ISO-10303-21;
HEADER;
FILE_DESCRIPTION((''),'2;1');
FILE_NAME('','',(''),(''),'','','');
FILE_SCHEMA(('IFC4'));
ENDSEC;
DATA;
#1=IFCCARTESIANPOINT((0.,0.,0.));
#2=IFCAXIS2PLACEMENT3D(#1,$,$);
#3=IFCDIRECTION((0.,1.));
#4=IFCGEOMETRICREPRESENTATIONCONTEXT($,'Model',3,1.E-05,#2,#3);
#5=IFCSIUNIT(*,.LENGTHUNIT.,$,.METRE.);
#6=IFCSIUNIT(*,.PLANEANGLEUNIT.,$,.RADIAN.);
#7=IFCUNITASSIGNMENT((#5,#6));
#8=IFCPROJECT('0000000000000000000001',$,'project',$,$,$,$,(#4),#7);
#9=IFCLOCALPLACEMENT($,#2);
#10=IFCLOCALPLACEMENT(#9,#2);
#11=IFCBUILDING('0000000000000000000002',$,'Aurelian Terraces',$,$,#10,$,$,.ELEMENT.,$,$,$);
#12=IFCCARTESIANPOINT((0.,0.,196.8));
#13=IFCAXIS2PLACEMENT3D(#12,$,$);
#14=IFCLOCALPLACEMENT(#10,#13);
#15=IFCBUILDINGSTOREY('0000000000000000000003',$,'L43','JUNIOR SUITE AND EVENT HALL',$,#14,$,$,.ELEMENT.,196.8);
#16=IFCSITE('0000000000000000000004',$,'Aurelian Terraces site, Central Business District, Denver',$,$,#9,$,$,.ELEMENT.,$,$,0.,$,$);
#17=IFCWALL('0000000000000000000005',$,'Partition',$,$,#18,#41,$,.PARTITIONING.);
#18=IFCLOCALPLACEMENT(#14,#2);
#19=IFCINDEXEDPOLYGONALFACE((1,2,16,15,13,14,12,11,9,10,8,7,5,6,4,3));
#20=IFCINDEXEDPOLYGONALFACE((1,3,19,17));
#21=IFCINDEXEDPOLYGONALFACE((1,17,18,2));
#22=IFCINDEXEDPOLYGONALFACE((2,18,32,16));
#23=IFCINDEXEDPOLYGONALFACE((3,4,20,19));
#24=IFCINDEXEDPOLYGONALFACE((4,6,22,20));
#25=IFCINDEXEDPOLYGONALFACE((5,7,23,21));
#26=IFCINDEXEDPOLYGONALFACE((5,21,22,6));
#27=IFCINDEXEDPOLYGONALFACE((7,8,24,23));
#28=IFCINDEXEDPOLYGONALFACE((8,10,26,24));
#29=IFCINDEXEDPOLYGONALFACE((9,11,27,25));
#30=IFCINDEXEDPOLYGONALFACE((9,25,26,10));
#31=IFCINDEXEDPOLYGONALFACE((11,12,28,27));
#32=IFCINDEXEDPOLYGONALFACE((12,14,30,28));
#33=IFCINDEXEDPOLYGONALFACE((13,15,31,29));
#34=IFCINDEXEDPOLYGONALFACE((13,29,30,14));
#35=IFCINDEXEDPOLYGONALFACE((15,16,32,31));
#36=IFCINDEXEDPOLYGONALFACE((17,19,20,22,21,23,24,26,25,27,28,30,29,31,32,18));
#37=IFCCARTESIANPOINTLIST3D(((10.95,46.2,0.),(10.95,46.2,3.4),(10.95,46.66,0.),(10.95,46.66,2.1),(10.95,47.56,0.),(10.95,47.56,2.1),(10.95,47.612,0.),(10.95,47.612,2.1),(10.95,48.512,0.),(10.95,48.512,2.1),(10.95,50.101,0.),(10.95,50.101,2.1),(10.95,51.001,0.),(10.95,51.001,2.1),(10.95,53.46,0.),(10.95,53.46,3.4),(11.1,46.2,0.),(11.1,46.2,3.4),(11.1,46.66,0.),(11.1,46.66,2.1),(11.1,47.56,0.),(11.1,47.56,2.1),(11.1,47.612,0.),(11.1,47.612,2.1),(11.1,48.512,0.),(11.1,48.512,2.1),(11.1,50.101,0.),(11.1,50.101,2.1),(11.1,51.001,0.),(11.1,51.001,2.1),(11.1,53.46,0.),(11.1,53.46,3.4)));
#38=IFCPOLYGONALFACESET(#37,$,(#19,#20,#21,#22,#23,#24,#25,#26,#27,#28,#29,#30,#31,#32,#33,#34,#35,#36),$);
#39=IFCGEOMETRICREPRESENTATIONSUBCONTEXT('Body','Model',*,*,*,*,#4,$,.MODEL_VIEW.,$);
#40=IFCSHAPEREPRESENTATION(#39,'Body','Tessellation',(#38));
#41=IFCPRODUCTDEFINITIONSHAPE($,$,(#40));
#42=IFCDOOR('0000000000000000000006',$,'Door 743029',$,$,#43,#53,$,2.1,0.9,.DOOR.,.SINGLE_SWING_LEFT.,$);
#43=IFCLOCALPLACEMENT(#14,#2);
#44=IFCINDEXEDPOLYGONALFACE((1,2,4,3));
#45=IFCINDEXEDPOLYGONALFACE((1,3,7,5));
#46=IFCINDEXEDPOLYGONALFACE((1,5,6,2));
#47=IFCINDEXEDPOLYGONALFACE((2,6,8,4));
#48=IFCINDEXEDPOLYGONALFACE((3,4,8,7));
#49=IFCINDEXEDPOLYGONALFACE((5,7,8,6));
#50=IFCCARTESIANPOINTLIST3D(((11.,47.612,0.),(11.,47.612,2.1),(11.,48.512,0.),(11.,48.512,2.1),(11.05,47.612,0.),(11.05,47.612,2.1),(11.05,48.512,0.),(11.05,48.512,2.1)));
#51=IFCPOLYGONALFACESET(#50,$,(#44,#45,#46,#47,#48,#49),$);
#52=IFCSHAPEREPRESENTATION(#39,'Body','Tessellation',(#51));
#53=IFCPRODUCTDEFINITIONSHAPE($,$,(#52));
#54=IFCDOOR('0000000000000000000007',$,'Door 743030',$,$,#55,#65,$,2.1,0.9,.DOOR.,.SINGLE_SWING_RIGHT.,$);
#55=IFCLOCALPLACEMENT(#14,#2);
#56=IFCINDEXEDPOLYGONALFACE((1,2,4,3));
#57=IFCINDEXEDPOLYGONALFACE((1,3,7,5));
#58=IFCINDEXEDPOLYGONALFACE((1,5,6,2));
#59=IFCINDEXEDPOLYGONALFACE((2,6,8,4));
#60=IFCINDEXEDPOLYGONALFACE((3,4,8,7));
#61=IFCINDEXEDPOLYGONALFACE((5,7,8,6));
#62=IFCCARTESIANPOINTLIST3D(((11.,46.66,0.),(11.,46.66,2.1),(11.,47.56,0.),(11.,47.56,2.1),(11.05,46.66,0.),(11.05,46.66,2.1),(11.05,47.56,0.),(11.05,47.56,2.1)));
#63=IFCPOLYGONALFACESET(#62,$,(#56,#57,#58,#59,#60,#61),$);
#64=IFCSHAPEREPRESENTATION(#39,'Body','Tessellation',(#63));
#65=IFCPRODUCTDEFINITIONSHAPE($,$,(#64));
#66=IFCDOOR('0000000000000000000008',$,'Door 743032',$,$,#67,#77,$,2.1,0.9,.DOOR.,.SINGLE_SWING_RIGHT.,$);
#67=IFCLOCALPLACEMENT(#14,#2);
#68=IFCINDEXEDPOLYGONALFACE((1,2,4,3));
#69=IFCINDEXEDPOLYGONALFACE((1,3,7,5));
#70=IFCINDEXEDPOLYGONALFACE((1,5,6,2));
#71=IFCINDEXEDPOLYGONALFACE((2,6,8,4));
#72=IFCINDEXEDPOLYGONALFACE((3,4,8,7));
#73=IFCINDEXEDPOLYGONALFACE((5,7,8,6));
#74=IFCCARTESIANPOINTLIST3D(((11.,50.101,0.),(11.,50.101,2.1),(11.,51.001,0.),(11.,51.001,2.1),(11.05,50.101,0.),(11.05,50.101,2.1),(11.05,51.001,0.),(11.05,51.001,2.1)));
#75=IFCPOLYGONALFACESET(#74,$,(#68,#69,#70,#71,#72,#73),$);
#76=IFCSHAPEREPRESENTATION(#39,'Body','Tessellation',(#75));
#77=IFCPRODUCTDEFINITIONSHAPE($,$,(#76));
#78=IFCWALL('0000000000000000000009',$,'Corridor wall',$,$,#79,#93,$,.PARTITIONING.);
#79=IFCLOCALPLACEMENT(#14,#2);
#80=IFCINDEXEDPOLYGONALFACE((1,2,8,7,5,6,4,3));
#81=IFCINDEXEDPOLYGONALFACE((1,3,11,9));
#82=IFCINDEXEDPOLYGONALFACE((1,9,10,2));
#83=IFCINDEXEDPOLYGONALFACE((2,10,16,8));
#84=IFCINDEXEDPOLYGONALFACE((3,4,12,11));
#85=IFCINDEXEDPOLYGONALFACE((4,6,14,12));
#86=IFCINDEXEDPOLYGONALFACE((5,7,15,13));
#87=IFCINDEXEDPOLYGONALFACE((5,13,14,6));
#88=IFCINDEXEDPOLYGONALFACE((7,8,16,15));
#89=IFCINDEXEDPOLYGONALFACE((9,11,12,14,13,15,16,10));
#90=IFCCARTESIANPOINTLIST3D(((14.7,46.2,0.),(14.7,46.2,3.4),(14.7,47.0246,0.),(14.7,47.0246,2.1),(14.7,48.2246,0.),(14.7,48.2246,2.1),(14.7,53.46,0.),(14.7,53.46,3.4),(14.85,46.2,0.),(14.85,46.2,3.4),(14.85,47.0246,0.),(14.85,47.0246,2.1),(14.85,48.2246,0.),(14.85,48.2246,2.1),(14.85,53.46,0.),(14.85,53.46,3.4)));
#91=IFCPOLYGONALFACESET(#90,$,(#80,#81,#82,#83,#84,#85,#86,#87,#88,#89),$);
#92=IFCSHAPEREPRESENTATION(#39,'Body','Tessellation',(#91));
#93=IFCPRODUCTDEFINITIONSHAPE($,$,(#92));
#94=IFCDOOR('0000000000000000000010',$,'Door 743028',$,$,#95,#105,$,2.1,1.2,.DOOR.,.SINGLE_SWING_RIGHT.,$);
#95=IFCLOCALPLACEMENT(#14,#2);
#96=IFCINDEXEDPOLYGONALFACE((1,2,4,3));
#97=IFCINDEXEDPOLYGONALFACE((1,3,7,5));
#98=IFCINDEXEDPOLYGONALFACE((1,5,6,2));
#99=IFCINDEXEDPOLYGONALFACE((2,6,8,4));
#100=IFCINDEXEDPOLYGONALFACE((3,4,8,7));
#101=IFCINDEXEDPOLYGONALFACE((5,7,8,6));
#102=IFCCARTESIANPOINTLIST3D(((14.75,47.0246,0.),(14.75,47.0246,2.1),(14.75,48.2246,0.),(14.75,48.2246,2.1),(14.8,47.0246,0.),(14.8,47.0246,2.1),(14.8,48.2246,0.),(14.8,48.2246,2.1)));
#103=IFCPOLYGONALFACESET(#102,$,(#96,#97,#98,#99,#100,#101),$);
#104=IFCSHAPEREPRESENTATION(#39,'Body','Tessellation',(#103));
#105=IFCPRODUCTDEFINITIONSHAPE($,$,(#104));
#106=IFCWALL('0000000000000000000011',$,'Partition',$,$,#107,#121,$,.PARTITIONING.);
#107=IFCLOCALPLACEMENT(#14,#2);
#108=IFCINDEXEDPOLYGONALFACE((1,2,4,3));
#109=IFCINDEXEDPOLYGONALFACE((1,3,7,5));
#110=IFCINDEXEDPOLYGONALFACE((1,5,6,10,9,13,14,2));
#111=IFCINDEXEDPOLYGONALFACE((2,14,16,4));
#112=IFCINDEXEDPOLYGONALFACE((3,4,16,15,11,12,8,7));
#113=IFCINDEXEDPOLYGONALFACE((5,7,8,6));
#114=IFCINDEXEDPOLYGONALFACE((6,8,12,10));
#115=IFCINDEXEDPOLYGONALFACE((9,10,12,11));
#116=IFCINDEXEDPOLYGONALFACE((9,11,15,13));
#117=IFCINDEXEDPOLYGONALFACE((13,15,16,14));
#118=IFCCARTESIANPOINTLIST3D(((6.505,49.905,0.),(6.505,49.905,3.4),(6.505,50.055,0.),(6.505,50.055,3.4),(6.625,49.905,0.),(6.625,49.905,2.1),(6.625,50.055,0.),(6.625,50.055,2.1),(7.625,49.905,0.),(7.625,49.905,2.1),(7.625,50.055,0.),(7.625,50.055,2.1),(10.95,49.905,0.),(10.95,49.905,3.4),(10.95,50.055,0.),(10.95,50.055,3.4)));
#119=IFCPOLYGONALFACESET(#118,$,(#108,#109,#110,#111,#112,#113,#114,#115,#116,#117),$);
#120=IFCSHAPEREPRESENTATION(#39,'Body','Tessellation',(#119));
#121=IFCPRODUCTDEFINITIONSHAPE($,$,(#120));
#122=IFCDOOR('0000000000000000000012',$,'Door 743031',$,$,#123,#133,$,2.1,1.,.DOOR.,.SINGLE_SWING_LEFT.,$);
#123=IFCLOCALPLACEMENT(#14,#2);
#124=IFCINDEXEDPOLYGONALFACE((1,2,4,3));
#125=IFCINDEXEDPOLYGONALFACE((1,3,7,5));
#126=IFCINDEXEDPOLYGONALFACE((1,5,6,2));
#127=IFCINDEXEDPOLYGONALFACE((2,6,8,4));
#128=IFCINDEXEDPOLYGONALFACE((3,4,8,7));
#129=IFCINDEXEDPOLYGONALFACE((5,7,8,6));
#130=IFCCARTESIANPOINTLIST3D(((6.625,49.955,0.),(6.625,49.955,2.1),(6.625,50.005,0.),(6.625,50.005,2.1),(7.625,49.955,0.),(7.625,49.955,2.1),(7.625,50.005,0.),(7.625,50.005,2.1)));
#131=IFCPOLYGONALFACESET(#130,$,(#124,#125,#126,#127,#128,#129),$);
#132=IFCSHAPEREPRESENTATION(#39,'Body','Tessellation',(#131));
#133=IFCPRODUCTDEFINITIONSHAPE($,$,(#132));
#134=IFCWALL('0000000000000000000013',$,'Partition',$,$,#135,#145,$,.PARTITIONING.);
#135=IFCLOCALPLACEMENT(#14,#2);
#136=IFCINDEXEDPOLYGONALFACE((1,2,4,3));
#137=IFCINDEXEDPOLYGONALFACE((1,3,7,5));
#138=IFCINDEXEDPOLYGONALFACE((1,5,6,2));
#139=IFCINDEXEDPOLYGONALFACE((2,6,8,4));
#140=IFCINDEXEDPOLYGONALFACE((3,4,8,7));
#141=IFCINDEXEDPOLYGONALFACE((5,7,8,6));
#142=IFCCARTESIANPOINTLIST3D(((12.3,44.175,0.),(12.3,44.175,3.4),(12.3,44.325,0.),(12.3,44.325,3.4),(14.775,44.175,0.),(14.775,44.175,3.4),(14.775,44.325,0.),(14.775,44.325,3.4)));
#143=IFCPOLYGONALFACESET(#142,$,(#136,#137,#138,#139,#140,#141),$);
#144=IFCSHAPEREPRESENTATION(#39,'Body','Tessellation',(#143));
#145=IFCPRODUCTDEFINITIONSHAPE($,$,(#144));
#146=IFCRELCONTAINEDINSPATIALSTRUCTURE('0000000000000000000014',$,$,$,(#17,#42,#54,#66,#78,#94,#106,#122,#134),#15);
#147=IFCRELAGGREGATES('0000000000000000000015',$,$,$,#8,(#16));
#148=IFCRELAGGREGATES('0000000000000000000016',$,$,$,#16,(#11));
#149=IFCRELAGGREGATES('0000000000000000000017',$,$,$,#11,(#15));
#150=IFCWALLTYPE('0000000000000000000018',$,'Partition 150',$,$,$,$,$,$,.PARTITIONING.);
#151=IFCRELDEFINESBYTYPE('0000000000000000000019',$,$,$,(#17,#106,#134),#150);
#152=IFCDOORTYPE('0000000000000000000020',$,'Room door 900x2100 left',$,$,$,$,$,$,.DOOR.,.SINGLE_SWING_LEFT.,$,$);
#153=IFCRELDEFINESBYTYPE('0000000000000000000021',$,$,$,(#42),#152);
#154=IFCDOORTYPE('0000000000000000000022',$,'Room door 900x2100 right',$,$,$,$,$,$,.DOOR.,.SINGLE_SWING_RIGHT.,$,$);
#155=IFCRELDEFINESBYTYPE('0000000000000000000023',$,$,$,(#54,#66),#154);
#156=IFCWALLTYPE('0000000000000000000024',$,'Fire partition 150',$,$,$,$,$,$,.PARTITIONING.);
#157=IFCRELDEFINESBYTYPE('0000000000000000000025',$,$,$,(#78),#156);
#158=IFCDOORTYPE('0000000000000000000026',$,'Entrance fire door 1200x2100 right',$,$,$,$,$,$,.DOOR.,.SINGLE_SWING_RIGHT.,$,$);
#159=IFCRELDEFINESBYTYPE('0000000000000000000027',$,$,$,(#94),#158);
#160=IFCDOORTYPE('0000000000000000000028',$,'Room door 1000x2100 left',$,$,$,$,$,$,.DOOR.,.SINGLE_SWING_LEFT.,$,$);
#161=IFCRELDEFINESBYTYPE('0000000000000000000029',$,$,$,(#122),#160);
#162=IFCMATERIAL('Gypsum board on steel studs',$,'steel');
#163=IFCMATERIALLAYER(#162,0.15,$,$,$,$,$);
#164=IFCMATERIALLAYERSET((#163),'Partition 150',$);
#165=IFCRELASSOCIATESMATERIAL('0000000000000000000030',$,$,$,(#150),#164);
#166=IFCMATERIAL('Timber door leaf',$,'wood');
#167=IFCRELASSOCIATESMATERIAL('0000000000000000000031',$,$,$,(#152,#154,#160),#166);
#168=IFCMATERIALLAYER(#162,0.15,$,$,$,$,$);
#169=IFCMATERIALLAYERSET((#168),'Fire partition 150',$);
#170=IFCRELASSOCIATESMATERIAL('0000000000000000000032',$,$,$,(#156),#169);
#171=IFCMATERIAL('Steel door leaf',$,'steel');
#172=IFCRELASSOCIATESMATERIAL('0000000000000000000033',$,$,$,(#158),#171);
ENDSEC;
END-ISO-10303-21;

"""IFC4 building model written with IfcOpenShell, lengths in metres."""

from ifc_helpers import new_model, si_unit, direction, frame, frame_2d, origin, place, context, subcontext, project, spatial, rectangle, extrude, source, transform, mapped, material, layer, layer_set, type_object, element, fill, save


model = new_model("IFC4")

# Units and contexts
model_context = context("Model", 3, precision=1e-05, world=origin(), true_north=direction((0.0, 1.0)))
body_context = subcontext(model_context, "Body", "Model", "MODEL_VIEW")
ifc_project = project(units=[si_unit("LENGTHUNIT", "METRE"), si_unit("PLANEANGLEUNIT", "RADIAN")], contexts=[model_context])

# Site, building, storey
site_placement = place(None, origin())
site = spatial("IfcSite", under=ifc_project, at=site_placement, Name="Aurelian Terraces site, Central Business District, Denver", CompositionType="ELEMENT", RefElevation=0.0)
building_placement = place(site_placement, origin())
building = spatial("IfcBuilding", under=site, at=building_placement, Name="Aurelian Terraces", CompositionType="ELEMENT")
storey_placement = place(building_placement, frame((0.0, 0.0, 196.8)))
storey = spatial("IfcBuildingStorey", under=building, at=storey_placement, Name="L43", Description="JUNIOR SUITE AND EVENT HALL", CompositionType="ELEMENT", Elevation=196.8)

# Shared definitions
ifc_material_1 = material(Name="Gypsum board on steel studs", Category="steel")
ifc_layer_1 = layer(ifc_material_1, 0.15)
ifc_layer_set_1 = layer_set([ifc_layer_1], Name="Partition 150")
wall_type_1 = type_object("IfcWallType", Name="Partition 150", PredefinedType="PARTITIONING", material=ifc_layer_set_1)

# Shared definitions
shared_shape_1 = source(origin(), body_context, "Body", "SweptSolid", [
    extrude(rectangle(XDim=0.9, YDim=2.1, at=frame_2d((0.45, 1.05))), frame((0.0, 0.085, 0.0), z_axis=(0.0, -1.0, 0.0), x_axis=(1.0, 0.0, 0.0)), (0.0, 0.0, 1.0), 0.17),
])
ifc_material_2 = material(Name="Timber door leaf", Category="wood")
door_type_1 = type_object("IfcDoorType", Name="Room door 900x2100 left", OperationType="SINGLE_SWING_LEFT", PredefinedType="DOOR", material=ifc_material_2)
shared_shape_2 = source(origin(), body_context, "Body", "SweptSolid", [
    extrude(rectangle(XDim=0.9, YDim=2.1, at=frame_2d((0.45, 1.05))), frame((0.0, 0.025, 0.0), z_axis=(0.0, -1.0, 0.0), x_axis=(1.0, 0.0, 0.0)), (0.0, 0.0, 1.0), 0.05),
])
ifc_material_3 = material(Name="Steel door leaf", Category="steel")

# Shared definitions
ifc_layer_2 = layer(ifc_material_1, 0.15)
ifc_layer_set_2 = layer_set([ifc_layer_2], Name="Fire partition 150")
wall_type_2 = type_object("IfcWallType", Name="Fire partition 150", PredefinedType="PARTITIONING", material=ifc_layer_set_2)

# Wall, openings, doors
shared_shape_3 = source(origin(), body_context, "Body", "SweptSolid", [
    extrude(rectangle(XDim=7.26, YDim=0.15, at=frame_2d((3.63, 0.0))), origin(), (0.0, 0.0, 1.0), 3.4),
])
wall_1_placement = place(storey_placement, frame((11.025, 46.2, 0.0), z_axis=(0.0, 0.0, 1.0), x_axis=(0.0, 1.0, 0.0)))
wall_1 = element("IfcWall", 1, at=wall_1_placement, inside=storey, type_object=wall_type_1, Name="Partition", PredefinedType="PARTITIONING", context=body_context, shape_type="MappedRepresentation", body=[
    mapped(shared_shape_3, transform((0.0, 0.0, 0.0), scale=1.0)),
])
opening_1_placement = place(wall_1_placement, frame((1.412, 0.0, 0.0)))
opening_1 = element("IfcOpeningElement", 2, at=opening_1_placement, cuts=wall_1, PredefinedType="OPENING", context=body_context, shape_type="MappedRepresentation", body=[
    mapped(shared_shape_1, transform((0.0, 0.0, 0.0), scale=1.0)),
])
opening_2_placement = place(wall_1_placement, frame((0.46, 0.0, 0.0)))
opening_2 = element("IfcOpeningElement", 3, at=opening_2_placement, cuts=wall_1, PredefinedType="OPENING", context=body_context, shape_type="MappedRepresentation", body=[
    mapped(shared_shape_1, transform((0.0, 0.0, 0.0), scale=1.0)),
])
opening_3_placement = place(wall_1_placement, frame((3.901, 0.0, 0.0)))
opening_3 = element("IfcOpeningElement", 4, at=opening_3_placement, cuts=wall_1, PredefinedType="OPENING", context=body_context, shape_type="MappedRepresentation", body=[
    mapped(shared_shape_1, transform((0.0, 0.0, 0.0), scale=1.0)),
])
door_1_placement = place(opening_1_placement, origin())
door_1 = element("IfcDoor", 5, at=door_1_placement, inside=storey, type_object=door_type_1, Name="Door 743029", OperationType="SINGLE_SWING_LEFT", OverallHeight=2.1, OverallWidth=0.9, PredefinedType="DOOR", context=body_context, shape_type="MappedRepresentation", body=[
    mapped(shared_shape_2, transform((0.0, 0.0, 0.0), scale=1.0)),
])
fill(opening_1, door_1)
door_type_2 = type_object("IfcDoorType", Name="Room door 900x2100 right", OperationType="SINGLE_SWING_RIGHT", PredefinedType="DOOR", material=ifc_material_2)
door_2_placement = place(opening_2_placement, origin())
door_2 = element("IfcDoor", 6, at=door_2_placement, inside=storey, type_object=door_type_2, Name="Door 743030", OperationType="SINGLE_SWING_RIGHT", OverallHeight=2.1, OverallWidth=0.9, PredefinedType="DOOR", context=body_context, shape_type="MappedRepresentation", body=[
    mapped(shared_shape_2, transform((0.0, 0.0, 0.0), scale=1.0)),
])
fill(opening_2, door_2)
door_3_placement = place(opening_3_placement, origin())
door_3 = element("IfcDoor", 7, at=door_3_placement, inside=storey, type_object=door_type_2, Name="Door 743032", OperationType="SINGLE_SWING_RIGHT", OverallHeight=2.1, OverallWidth=0.9, PredefinedType="DOOR", context=body_context, shape_type="MappedRepresentation", body=[
    mapped(shared_shape_2, transform((0.0, 0.0, 0.0), scale=1.0)),
])
fill(opening_3, door_3)

# Walls, openings, doors
wall_2_placement = place(storey_placement, frame((14.775, 46.2, 0.0), z_axis=(0.0, 0.0, 1.0), x_axis=(0.0, 1.0, 0.0)))
wall_2 = element("IfcWall", 8, at=wall_2_placement, inside=storey, type_object=wall_type_2, Name="Corridor wall", PredefinedType="PARTITIONING", context=body_context, shape_type="MappedRepresentation", body=[
    mapped(shared_shape_3, transform((0.0, 0.0, 0.0), scale=1.0)),
])
shared_shape_4 = source(origin(), body_context, "Body", "SweptSolid", [
    extrude(rectangle(XDim=1.2, YDim=2.1, at=frame_2d((0.6, 1.05))), frame((0.0, 0.085, 0.0), z_axis=(0.0, -1.0, 0.0), x_axis=(1.0, 0.0, 0.0)), (0.0, 0.0, 1.0), 0.17),
])
opening_4_placement = place(wall_2_placement, frame((0.8246, 0.0, 0.0)))
opening_4 = element("IfcOpeningElement", 9, at=opening_4_placement, cuts=wall_2, PredefinedType="OPENING", context=body_context, shape_type="MappedRepresentation", body=[
    mapped(shared_shape_4, transform((0.0, 0.0, 0.0), scale=1.0)),
])
door_type_3 = type_object("IfcDoorType", Name="Entrance fire door 1200x2100 right", OperationType="SINGLE_SWING_RIGHT", PredefinedType="DOOR", material=ifc_material_3)
shared_shape_5 = source(origin(), body_context, "Body", "SweptSolid", [
    extrude(rectangle(XDim=1.2, YDim=2.1, at=frame_2d((0.6, 1.05))), frame((0.0, 0.025, 0.0), z_axis=(0.0, -1.0, 0.0), x_axis=(1.0, 0.0, 0.0)), (0.0, 0.0, 1.0), 0.05),
])
door_4_placement = place(opening_4_placement, origin())
door_4 = element("IfcDoor", 10, at=door_4_placement, inside=storey, type_object=door_type_3, Name="Door 743028", OperationType="SINGLE_SWING_RIGHT", OverallHeight=2.1, OverallWidth=1.2, PredefinedType="DOOR", context=body_context, shape_type="MappedRepresentation", body=[
    mapped(shared_shape_5, transform((0.0, 0.0, 0.0), scale=1.0)),
])
fill(opening_4, door_4)
shared_shape_6 = source(origin(), body_context, "Body", "SweptSolid", [
    extrude(rectangle(XDim=4.445, YDim=0.15, at=frame_2d((2.2225, 0.0))), origin(), (0.0, 0.0, 1.0), 3.4),
])
wall_3_placement = place(storey_placement, frame((10.95, 49.98, 0.0), z_axis=(0.0, 0.0, 1.0), x_axis=(-1.0, 0.0, 0.0)))
wall_3 = element("IfcWall", 11, at=wall_3_placement, inside=storey, type_object=wall_type_1, Name="Partition", PredefinedType="PARTITIONING", context=body_context, shape_type="MappedRepresentation", body=[
    mapped(shared_shape_6, transform((0.0, 0.0, 0.0), scale=1.0)),
])
shared_shape_7 = source(origin(), body_context, "Body", "SweptSolid", [
    extrude(rectangle(XDim=1.0, YDim=2.1, at=frame_2d((0.5, 1.05))), frame((0.0, 0.085, 0.0), z_axis=(0.0, -1.0, 0.0), x_axis=(1.0, 0.0, 0.0)), (0.0, 0.0, 1.0), 0.17),
])
opening_5_placement = place(wall_3_placement, frame((3.325, 0.0, 0.0)))
opening_5 = element("IfcOpeningElement", 12, at=opening_5_placement, cuts=wall_3, PredefinedType="OPENING", context=body_context, shape_type="MappedRepresentation", body=[
    mapped(shared_shape_7, transform((0.0, 0.0, 0.0), scale=1.0)),
])
door_type_4 = type_object("IfcDoorType", Name="Room door 1000x2100 left", OperationType="SINGLE_SWING_LEFT", PredefinedType="DOOR", material=ifc_material_2)
shared_shape_8 = source(origin(), body_context, "Body", "SweptSolid", [
    extrude(rectangle(XDim=1.0, YDim=2.1, at=frame_2d((0.5, 1.05))), frame((0.0, 0.025, 0.0), z_axis=(0.0, -1.0, 0.0), x_axis=(1.0, 0.0, 0.0)), (0.0, 0.0, 1.0), 0.05),
])
door_5_placement = place(opening_5_placement, origin())
door_5 = element("IfcDoor", 13, at=door_5_placement, inside=storey, type_object=door_type_4, Name="Door 743031", OperationType="SINGLE_SWING_LEFT", OverallHeight=2.1, OverallWidth=1.0, PredefinedType="DOOR", context=body_context, shape_type="MappedRepresentation", body=[
    mapped(shared_shape_8, transform((0.0, 0.0, 0.0), scale=1.0)),
])
fill(opening_5, door_5)

# Wall
shared_shape_9 = source(origin(), body_context, "Body", "SweptSolid", [
    extrude(rectangle(XDim=2.475, YDim=0.15, at=frame_2d((1.2375, 0.0))), origin(), (0.0, 0.0, 1.0), 3.4),
])
wall_4_placement = place(storey_placement, frame((14.775, 44.25, 0.0), z_axis=(0.0, 0.0, 1.0), x_axis=(-1.0, 0.0, 0.0)))
element("IfcWall", 14, at=wall_4_placement, inside=storey, type_object=wall_type_1, Name="Partition", PredefinedType="PARTITIONING", context=body_context, shape_type="MappedRepresentation", body=[
    mapped(shared_shape_9, transform((0.0, 0.0, 0.0), scale=1.0)),
])

save(model, "model.ifc")
